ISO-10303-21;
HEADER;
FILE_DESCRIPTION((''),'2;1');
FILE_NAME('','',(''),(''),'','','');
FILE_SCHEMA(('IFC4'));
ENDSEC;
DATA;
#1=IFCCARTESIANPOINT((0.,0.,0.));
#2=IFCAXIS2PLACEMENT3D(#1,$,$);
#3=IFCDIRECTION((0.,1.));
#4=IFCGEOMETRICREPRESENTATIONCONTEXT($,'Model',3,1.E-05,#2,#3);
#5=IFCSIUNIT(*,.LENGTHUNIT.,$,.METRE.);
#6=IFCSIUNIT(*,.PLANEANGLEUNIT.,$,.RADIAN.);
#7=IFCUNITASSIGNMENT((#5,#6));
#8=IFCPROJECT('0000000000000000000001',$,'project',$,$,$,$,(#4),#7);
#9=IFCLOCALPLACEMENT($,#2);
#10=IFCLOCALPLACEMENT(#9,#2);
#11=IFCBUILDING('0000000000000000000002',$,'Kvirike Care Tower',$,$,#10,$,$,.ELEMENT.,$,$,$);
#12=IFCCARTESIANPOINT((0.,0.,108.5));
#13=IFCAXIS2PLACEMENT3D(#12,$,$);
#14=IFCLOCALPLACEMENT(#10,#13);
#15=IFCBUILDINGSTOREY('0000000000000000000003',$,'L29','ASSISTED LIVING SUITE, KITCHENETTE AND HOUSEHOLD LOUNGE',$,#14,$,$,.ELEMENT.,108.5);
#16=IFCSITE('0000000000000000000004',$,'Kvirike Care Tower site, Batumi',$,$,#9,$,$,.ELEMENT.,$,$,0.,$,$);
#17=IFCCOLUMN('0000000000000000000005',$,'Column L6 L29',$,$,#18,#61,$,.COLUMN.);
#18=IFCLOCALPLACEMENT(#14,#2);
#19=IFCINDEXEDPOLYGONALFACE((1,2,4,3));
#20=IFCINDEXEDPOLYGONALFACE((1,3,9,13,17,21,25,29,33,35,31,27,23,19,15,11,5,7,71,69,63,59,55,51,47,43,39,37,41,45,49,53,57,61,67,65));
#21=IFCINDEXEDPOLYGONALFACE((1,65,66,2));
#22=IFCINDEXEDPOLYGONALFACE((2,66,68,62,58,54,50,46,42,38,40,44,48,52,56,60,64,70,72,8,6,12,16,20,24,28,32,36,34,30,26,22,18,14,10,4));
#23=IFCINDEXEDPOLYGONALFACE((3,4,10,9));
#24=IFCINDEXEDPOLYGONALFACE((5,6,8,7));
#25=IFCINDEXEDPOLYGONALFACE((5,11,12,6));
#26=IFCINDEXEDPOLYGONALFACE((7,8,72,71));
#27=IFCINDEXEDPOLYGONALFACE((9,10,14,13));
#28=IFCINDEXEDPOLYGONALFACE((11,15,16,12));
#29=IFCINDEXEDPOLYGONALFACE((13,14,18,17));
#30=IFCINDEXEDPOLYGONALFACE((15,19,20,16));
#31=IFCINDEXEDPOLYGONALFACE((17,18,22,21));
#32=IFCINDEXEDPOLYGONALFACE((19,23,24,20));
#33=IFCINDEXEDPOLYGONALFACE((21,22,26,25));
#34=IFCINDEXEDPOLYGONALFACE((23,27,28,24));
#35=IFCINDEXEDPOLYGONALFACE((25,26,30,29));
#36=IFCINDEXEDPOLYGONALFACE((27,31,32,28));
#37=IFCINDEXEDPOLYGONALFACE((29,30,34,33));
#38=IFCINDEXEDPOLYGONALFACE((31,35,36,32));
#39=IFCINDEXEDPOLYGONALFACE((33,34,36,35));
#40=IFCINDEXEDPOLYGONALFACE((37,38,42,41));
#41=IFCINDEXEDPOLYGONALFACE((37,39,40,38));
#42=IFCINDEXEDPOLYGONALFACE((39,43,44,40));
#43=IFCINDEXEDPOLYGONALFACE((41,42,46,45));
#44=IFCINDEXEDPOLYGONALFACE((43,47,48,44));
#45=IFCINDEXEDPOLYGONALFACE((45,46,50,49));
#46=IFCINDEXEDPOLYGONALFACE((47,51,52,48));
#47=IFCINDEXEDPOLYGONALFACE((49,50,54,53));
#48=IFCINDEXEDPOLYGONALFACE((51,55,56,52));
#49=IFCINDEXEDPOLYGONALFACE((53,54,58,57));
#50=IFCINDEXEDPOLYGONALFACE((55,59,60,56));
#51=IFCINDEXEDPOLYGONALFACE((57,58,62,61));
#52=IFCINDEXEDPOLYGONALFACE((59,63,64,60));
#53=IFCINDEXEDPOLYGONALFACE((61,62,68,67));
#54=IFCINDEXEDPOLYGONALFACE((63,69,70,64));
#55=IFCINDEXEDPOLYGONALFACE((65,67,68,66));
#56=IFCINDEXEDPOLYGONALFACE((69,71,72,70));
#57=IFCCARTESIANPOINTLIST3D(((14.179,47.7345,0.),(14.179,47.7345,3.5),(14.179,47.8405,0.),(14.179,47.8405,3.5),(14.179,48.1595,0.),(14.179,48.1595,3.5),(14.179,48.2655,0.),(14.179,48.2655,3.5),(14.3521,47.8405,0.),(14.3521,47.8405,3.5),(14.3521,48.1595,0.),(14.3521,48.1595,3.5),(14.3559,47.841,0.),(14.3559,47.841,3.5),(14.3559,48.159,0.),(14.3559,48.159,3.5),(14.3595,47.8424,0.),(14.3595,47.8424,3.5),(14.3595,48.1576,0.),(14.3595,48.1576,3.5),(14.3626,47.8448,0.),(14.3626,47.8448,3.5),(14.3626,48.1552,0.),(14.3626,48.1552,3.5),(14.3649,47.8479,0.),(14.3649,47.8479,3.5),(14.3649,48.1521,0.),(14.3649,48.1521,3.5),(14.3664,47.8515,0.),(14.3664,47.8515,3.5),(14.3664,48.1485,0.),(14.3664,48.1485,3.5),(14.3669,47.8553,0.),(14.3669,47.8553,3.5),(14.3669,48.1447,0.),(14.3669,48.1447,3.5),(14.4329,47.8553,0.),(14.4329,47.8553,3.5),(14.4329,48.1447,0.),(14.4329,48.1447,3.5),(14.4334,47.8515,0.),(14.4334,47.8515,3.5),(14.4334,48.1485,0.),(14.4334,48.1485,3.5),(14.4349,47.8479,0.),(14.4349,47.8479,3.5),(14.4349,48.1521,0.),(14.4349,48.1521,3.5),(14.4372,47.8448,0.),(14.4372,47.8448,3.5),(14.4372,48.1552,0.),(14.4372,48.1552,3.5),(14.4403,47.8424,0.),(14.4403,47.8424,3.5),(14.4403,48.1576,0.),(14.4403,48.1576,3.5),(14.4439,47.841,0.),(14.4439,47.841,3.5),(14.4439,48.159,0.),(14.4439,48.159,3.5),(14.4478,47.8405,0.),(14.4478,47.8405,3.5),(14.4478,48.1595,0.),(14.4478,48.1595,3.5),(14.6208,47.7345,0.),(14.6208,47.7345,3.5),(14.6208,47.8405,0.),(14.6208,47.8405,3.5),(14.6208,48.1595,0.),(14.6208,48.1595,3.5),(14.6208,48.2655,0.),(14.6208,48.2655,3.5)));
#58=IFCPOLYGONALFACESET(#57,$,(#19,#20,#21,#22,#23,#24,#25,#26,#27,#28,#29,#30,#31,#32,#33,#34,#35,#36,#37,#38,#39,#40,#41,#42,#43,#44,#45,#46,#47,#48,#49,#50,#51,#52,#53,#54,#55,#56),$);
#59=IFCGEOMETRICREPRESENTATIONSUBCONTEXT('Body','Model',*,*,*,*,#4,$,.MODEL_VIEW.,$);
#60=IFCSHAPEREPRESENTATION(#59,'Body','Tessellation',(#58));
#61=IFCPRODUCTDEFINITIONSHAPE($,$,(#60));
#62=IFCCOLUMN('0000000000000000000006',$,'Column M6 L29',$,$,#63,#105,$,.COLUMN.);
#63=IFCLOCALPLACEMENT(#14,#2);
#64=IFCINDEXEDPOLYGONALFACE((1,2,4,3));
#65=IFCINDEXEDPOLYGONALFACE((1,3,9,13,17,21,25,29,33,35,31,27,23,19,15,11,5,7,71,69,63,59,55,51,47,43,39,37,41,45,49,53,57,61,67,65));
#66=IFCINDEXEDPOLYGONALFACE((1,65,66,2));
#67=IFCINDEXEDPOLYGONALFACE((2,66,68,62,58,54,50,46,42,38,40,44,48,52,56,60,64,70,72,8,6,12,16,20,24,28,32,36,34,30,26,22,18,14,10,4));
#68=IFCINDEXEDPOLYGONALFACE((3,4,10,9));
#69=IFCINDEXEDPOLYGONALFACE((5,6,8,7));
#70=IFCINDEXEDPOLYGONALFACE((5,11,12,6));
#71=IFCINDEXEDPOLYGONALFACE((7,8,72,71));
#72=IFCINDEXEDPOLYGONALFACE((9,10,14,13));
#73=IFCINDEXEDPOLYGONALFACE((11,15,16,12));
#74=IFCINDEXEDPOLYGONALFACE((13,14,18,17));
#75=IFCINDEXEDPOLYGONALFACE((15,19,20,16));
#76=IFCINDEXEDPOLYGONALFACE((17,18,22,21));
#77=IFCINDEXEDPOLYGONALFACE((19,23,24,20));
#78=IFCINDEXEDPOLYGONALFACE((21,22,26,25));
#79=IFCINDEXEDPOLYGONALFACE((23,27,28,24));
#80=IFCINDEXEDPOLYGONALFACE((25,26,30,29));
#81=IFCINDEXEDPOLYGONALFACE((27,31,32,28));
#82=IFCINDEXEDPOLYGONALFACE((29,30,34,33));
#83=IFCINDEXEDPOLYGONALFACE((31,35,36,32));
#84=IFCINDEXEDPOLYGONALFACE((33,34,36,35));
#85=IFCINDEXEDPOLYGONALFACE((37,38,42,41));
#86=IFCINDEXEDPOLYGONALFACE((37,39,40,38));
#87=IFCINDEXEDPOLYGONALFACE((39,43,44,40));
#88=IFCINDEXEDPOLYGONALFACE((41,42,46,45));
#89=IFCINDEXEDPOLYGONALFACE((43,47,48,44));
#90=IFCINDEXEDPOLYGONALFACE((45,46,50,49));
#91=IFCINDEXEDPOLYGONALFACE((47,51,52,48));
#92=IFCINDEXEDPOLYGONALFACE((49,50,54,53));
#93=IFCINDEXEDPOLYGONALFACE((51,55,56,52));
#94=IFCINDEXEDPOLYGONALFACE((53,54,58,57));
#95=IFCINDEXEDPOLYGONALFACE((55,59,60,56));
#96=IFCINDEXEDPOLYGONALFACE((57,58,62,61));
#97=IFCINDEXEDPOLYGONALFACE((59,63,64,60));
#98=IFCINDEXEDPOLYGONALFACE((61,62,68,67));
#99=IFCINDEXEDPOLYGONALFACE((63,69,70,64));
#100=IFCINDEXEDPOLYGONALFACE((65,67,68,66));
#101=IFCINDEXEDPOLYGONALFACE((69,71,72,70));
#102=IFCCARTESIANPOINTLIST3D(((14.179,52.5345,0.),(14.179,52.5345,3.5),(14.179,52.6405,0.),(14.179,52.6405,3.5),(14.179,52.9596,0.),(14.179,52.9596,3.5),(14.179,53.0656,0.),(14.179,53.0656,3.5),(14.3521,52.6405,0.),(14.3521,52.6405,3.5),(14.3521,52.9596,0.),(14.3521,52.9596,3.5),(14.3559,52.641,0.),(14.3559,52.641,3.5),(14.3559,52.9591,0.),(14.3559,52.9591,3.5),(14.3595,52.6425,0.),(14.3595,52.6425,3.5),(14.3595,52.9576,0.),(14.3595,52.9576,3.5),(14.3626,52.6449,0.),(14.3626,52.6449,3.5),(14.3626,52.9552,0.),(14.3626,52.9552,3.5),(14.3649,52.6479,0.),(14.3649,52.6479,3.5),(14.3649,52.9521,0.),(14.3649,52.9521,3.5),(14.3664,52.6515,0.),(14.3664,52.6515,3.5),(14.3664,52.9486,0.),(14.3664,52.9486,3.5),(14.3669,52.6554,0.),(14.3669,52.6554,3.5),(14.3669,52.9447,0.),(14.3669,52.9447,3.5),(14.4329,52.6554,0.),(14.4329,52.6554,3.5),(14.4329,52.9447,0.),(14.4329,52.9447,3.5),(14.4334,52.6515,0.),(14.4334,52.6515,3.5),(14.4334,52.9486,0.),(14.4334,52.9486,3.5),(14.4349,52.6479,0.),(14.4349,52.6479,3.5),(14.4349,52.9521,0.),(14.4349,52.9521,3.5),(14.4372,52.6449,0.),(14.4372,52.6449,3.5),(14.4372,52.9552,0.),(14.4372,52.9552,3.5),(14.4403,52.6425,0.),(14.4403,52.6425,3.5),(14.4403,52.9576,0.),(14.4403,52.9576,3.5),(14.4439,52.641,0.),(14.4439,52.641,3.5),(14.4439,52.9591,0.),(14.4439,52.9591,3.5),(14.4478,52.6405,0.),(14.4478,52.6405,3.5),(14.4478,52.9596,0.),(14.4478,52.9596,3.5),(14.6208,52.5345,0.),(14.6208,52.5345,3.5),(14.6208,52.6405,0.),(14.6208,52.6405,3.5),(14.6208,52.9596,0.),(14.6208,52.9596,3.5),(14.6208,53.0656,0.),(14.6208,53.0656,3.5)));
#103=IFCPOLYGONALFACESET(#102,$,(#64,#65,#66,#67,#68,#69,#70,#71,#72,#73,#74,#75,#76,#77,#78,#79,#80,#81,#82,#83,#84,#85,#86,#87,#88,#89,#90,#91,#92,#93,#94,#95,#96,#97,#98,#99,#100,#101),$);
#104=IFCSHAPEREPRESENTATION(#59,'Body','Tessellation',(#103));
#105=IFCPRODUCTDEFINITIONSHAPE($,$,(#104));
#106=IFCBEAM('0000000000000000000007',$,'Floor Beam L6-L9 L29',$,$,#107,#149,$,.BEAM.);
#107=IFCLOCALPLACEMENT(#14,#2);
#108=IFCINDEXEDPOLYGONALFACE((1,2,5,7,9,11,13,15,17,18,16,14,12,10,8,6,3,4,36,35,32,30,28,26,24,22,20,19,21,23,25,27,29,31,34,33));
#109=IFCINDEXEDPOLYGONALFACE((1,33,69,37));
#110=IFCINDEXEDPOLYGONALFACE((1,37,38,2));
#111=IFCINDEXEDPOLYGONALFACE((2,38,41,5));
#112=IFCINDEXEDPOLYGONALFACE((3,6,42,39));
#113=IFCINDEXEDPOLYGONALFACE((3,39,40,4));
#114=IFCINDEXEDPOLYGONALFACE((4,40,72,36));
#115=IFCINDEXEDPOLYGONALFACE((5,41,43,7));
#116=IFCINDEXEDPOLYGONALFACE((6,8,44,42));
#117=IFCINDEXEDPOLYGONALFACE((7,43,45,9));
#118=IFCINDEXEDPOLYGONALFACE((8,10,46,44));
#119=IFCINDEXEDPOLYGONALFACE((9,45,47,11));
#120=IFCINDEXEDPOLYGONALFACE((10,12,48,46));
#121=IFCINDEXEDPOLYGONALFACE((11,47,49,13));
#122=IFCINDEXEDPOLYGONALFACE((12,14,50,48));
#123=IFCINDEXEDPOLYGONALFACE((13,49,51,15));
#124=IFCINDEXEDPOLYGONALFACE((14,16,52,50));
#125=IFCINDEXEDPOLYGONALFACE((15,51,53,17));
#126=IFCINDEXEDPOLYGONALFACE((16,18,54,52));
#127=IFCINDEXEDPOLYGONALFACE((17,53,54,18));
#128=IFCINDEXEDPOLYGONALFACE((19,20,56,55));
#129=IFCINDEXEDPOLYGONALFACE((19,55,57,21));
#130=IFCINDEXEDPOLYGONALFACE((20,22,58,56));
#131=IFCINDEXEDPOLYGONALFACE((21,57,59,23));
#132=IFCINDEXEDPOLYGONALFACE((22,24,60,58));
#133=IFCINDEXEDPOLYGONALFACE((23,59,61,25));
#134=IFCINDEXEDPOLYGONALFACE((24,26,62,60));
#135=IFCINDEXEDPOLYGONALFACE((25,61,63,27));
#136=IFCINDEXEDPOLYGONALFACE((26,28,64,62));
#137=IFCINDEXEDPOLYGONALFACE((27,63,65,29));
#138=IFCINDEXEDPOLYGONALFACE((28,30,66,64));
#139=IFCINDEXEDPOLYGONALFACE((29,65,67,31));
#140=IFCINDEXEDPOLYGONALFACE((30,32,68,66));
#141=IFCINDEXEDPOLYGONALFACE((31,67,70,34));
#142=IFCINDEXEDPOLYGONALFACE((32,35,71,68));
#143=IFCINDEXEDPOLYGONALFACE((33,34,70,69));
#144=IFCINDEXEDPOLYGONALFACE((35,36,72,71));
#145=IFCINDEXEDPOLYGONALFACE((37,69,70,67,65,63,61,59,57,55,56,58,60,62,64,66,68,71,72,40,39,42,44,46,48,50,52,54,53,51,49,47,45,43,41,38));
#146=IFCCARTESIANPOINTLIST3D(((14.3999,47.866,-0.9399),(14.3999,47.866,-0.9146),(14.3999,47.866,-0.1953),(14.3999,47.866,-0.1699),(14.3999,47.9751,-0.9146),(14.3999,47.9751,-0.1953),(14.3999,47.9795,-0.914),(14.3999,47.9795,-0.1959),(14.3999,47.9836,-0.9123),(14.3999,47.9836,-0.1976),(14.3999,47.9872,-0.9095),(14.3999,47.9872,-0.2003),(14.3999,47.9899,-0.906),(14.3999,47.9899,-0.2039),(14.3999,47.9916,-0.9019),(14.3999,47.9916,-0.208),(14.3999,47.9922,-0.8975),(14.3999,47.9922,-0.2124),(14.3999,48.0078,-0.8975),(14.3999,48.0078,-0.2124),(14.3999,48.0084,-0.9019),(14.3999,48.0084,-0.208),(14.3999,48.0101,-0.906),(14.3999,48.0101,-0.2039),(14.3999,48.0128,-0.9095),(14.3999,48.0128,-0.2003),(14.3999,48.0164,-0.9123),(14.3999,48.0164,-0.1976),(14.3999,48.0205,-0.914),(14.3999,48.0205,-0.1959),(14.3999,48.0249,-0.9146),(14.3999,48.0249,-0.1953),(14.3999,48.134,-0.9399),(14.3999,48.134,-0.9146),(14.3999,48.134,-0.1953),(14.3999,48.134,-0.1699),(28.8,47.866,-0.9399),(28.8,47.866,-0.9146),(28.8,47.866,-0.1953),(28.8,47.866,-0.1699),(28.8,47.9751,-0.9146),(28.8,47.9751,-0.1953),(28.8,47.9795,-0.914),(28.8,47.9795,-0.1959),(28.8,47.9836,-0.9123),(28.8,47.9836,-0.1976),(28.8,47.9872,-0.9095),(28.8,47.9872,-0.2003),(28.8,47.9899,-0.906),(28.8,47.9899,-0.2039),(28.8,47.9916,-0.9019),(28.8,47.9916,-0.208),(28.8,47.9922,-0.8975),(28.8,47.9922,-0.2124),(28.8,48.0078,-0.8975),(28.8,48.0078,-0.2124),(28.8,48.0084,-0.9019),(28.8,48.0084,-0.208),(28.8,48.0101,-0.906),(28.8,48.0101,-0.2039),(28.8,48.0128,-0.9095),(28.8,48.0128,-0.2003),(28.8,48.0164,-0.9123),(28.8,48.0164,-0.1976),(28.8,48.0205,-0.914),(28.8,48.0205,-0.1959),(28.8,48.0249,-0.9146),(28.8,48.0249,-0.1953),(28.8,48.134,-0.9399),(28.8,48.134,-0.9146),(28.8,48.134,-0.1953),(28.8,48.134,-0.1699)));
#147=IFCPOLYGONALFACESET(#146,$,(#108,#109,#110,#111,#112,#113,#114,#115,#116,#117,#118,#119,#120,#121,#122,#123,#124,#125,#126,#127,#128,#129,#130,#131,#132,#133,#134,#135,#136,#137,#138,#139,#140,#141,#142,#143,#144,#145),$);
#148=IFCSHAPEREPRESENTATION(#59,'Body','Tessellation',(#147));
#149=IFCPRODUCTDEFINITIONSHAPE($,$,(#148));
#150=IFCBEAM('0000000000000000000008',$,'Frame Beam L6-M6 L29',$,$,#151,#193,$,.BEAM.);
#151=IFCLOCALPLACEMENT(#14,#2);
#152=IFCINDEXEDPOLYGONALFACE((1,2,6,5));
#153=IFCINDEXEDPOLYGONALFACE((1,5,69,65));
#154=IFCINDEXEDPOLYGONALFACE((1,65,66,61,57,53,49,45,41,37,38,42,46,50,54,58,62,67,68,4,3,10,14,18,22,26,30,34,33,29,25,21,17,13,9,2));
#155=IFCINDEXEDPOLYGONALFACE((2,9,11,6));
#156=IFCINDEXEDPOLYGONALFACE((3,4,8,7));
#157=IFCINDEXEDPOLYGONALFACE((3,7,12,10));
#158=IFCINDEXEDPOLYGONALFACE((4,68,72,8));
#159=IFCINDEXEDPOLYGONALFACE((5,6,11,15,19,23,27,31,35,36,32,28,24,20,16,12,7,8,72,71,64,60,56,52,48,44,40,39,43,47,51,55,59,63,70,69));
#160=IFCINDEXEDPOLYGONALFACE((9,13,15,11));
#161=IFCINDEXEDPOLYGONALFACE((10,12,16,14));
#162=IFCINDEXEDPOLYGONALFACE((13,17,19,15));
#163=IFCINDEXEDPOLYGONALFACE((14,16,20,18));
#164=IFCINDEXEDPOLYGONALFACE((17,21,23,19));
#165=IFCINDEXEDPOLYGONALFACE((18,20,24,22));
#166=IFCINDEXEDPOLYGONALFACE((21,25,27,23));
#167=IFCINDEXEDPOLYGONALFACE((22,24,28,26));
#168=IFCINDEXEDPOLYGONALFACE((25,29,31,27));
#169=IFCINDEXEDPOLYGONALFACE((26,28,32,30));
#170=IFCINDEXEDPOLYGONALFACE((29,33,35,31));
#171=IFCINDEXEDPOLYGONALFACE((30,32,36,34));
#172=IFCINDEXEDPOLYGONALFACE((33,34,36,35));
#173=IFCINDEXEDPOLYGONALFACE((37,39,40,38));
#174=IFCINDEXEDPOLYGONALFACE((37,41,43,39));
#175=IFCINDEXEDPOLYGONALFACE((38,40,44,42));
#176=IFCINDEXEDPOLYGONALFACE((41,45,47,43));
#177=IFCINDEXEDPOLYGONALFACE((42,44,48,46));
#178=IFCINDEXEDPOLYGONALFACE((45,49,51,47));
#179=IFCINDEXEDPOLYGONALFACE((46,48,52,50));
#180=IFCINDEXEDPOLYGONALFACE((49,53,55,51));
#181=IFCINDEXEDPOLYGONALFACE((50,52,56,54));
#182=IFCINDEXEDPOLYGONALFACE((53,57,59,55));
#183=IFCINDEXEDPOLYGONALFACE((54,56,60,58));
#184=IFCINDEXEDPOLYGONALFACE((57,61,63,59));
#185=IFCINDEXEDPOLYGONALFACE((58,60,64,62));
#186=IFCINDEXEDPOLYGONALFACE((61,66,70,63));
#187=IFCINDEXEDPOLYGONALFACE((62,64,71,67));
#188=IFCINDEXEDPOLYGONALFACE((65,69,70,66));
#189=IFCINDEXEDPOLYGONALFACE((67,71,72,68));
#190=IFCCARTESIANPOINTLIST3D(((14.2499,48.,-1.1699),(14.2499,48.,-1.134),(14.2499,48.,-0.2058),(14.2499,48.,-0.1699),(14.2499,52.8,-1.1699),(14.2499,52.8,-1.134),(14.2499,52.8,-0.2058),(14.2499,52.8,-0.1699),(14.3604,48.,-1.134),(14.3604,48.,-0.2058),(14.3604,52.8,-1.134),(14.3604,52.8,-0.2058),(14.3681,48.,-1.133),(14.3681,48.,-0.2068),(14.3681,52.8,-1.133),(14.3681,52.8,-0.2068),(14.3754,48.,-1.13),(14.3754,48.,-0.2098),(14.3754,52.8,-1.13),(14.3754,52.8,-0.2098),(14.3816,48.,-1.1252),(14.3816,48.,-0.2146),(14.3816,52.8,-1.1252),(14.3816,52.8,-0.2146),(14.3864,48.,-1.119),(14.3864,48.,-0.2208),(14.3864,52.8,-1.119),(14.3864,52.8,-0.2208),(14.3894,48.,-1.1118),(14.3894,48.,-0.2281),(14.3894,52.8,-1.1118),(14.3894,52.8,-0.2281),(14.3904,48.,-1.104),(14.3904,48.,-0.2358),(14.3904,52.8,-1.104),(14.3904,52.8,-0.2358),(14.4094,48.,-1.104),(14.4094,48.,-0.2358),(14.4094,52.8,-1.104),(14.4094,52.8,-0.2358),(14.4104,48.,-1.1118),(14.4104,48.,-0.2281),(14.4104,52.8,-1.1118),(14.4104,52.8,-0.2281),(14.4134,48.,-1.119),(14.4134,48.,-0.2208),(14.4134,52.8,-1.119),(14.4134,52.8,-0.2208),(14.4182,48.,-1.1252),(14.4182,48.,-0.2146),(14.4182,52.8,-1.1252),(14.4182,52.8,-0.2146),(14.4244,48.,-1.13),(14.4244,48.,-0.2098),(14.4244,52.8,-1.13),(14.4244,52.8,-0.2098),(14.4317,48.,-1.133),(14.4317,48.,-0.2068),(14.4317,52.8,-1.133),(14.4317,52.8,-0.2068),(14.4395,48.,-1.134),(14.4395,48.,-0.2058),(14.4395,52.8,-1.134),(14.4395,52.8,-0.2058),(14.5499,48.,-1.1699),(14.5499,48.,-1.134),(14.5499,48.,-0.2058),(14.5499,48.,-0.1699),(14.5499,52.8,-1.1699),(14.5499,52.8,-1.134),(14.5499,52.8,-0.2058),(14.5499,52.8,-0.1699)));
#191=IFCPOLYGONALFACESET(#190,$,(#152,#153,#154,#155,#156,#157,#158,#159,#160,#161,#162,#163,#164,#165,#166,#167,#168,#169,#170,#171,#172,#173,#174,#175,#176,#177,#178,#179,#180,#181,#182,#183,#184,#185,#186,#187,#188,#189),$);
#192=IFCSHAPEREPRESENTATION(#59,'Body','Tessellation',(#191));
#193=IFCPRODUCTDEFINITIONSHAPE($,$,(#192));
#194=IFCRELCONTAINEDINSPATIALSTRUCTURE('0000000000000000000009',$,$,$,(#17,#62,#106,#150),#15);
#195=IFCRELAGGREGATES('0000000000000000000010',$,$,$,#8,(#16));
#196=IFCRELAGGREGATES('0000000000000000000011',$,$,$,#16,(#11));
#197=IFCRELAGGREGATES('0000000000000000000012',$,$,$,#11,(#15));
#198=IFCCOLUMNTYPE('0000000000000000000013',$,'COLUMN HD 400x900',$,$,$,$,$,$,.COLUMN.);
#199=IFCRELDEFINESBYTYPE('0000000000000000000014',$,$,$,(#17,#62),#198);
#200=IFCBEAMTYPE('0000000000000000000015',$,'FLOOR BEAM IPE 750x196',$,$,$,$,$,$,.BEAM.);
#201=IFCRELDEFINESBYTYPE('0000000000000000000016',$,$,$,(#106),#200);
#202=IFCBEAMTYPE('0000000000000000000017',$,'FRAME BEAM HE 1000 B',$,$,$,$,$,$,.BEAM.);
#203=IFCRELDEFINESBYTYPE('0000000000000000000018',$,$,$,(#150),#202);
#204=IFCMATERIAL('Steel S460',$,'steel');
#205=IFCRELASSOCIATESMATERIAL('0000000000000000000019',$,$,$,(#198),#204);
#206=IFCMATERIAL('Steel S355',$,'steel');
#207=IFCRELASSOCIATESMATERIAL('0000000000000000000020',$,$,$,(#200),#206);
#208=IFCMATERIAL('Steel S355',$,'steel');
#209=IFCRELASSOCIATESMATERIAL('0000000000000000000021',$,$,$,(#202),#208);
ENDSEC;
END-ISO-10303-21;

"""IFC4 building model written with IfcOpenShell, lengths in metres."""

from ifc_helpers import new_model, si_unit, direction, frame, origin, origin_2d, place, context, subcontext, project, spatial, i_section, extrude, material, material_profile, profile_set, type_object, element, save


model = new_model("IFC4")

# Units and contexts
model_context = context("Model", 3, precision=1e-05, world=origin(), true_north=direction((0.0, 1.0)))
body_context = subcontext(model_context, "Body", "Model", "MODEL_VIEW")
ifc_project = project(units=[si_unit("LENGTHUNIT", "METRE"), si_unit("PLANEANGLEUNIT", "RADIAN")], contexts=[model_context])

# Site, building, storey
site_placement = place(None, origin())
site = spatial("IfcSite", under=ifc_project, at=site_placement, Name="Kvirike Care Tower site, Batumi", CompositionType="ELEMENT", RefElevation=0.0)
building_placement = place(site_placement, origin())
building = spatial("IfcBuilding", under=site, at=building_placement, Name="Kvirike Care Tower", CompositionType="ELEMENT")
storey_placement = place(building_placement, frame((0.0, 0.0, 108.5)))
storey = spatial("IfcBuildingStorey", under=building, at=storey_placement, Name="L29", Description="ASSISTED LIVING SUITE, KITCHENETTE AND HOUSEHOLD LOUNGE", CompositionType="ELEMENT", Elevation=108.5)

# Columns
ifc_material_1 = material(Name="Steel S460", Category="steel")
ifc_material_profile_1 = material_profile(ifc_material_1, i_section(OverallWidth=0.4419, OverallDepth=0.531, WebThickness=0.0659, FlangeThickness=0.106, FilletRadius=0.0149, at=origin_2d()), Name="HD 400x900")
ifc_profile_set_1 = profile_set([ifc_material_profile_1], Name="Steel S460")
column_type = type_object("IfcColumnType", Name="COLUMN HD 400x900", PredefinedType="COLUMN", material=ifc_profile_set_1)
for number, where, z_axis, x_axis, name in (
    (1, (14.3999, 48.0, 0.0), (0.0, 0.0, 1.0), (1.0, 0.0, 0.0), "Column L6 L29"),
    (2, (14.3999, 52.8, 0.0), (0.0, 0.0, 1.0), (1.0, 0.0, 0.0), "Column M6 L29"),
):
    element("IfcColumn", number, at=place(storey_placement, frame(where, z_axis=z_axis, x_axis=x_axis)), inside=storey, type_object=column_type, Name=name, PredefinedType="COLUMN", context=body_context, shape_type="SweptSolid", body=[
        extrude(i_section(OverallWidth=0.4419, OverallDepth=0.531, WebThickness=0.0659, FlangeThickness=0.106, FilletRadius=0.0149, at=origin_2d()), origin(), (0.0, 0.0, 1.0), 3.5),
    ])

# Beams
ifc_material_2 = material(Name="Steel S355", Category="steel")
ifc_material_profile_2 = material_profile(ifc_material_2, i_section(OverallWidth=0.2681, OverallDepth=0.77, WebThickness=0.0156, FlangeThickness=0.0254, FilletRadius=0.0171, at=origin_2d()), Name="IPE 750x196")
ifc_profile_set_2 = profile_set([ifc_material_profile_2], Name="Steel S355")
beam_type_1 = type_object("IfcBeamType", Name="FLOOR BEAM IPE 750x196", PredefinedType="BEAM", material=ifc_profile_set_2)
beam_1_placement = place(storey_placement, frame((14.3999, 48.0, -0.5549), z_axis=(1.0, 0.0, 0.0), x_axis=(0.0, 1.0, 0.0)))
element("IfcBeam", 3, at=beam_1_placement, inside=storey, type_object=beam_type_1, Name="Floor Beam L6-L9 L29", PredefinedType="BEAM", context=body_context, shape_type="SweptSolid", body=[
    extrude(i_section(OverallWidth=0.2681, OverallDepth=0.77, WebThickness=0.0156, FlangeThickness=0.0254, FilletRadius=0.0171, at=origin_2d()), origin(), (0.0, 0.0, 1.0), 14.4001),
])
ifc_material_3 = material(Name="Steel S355", Category="steel")
ifc_material_profile_3 = material_profile(ifc_material_3, i_section(OverallWidth=0.3, OverallDepth=1.0, WebThickness=0.019, FlangeThickness=0.0359, FilletRadius=0.03, at=origin_2d()), Name="HE 1000 B")
ifc_profile_set_3 = profile_set([ifc_material_profile_3], Name="Steel S355")
beam_type_2 = type_object("IfcBeamType", Name="FRAME BEAM HE 1000 B", PredefinedType="BEAM", material=ifc_profile_set_3)
beam_2_placement = place(storey_placement, frame((14.3999, 48.0, -0.6699), z_axis=(0.0, 1.0, 0.0), x_axis=(-1.0, 0.0, 0.0)))
element("IfcBeam", 4, at=beam_2_placement, inside=storey, type_object=beam_type_2, Name="Frame Beam L6-M6 L29", PredefinedType="BEAM", context=body_context, shape_type="SweptSolid", body=[
    extrude(i_section(OverallWidth=0.3, OverallDepth=1.0, WebThickness=0.019, FlangeThickness=0.0359, FilletRadius=0.03, at=origin_2d()), origin(), (0.0, 0.0, 1.0), 4.8),
])

save(model, "model.ifc")
